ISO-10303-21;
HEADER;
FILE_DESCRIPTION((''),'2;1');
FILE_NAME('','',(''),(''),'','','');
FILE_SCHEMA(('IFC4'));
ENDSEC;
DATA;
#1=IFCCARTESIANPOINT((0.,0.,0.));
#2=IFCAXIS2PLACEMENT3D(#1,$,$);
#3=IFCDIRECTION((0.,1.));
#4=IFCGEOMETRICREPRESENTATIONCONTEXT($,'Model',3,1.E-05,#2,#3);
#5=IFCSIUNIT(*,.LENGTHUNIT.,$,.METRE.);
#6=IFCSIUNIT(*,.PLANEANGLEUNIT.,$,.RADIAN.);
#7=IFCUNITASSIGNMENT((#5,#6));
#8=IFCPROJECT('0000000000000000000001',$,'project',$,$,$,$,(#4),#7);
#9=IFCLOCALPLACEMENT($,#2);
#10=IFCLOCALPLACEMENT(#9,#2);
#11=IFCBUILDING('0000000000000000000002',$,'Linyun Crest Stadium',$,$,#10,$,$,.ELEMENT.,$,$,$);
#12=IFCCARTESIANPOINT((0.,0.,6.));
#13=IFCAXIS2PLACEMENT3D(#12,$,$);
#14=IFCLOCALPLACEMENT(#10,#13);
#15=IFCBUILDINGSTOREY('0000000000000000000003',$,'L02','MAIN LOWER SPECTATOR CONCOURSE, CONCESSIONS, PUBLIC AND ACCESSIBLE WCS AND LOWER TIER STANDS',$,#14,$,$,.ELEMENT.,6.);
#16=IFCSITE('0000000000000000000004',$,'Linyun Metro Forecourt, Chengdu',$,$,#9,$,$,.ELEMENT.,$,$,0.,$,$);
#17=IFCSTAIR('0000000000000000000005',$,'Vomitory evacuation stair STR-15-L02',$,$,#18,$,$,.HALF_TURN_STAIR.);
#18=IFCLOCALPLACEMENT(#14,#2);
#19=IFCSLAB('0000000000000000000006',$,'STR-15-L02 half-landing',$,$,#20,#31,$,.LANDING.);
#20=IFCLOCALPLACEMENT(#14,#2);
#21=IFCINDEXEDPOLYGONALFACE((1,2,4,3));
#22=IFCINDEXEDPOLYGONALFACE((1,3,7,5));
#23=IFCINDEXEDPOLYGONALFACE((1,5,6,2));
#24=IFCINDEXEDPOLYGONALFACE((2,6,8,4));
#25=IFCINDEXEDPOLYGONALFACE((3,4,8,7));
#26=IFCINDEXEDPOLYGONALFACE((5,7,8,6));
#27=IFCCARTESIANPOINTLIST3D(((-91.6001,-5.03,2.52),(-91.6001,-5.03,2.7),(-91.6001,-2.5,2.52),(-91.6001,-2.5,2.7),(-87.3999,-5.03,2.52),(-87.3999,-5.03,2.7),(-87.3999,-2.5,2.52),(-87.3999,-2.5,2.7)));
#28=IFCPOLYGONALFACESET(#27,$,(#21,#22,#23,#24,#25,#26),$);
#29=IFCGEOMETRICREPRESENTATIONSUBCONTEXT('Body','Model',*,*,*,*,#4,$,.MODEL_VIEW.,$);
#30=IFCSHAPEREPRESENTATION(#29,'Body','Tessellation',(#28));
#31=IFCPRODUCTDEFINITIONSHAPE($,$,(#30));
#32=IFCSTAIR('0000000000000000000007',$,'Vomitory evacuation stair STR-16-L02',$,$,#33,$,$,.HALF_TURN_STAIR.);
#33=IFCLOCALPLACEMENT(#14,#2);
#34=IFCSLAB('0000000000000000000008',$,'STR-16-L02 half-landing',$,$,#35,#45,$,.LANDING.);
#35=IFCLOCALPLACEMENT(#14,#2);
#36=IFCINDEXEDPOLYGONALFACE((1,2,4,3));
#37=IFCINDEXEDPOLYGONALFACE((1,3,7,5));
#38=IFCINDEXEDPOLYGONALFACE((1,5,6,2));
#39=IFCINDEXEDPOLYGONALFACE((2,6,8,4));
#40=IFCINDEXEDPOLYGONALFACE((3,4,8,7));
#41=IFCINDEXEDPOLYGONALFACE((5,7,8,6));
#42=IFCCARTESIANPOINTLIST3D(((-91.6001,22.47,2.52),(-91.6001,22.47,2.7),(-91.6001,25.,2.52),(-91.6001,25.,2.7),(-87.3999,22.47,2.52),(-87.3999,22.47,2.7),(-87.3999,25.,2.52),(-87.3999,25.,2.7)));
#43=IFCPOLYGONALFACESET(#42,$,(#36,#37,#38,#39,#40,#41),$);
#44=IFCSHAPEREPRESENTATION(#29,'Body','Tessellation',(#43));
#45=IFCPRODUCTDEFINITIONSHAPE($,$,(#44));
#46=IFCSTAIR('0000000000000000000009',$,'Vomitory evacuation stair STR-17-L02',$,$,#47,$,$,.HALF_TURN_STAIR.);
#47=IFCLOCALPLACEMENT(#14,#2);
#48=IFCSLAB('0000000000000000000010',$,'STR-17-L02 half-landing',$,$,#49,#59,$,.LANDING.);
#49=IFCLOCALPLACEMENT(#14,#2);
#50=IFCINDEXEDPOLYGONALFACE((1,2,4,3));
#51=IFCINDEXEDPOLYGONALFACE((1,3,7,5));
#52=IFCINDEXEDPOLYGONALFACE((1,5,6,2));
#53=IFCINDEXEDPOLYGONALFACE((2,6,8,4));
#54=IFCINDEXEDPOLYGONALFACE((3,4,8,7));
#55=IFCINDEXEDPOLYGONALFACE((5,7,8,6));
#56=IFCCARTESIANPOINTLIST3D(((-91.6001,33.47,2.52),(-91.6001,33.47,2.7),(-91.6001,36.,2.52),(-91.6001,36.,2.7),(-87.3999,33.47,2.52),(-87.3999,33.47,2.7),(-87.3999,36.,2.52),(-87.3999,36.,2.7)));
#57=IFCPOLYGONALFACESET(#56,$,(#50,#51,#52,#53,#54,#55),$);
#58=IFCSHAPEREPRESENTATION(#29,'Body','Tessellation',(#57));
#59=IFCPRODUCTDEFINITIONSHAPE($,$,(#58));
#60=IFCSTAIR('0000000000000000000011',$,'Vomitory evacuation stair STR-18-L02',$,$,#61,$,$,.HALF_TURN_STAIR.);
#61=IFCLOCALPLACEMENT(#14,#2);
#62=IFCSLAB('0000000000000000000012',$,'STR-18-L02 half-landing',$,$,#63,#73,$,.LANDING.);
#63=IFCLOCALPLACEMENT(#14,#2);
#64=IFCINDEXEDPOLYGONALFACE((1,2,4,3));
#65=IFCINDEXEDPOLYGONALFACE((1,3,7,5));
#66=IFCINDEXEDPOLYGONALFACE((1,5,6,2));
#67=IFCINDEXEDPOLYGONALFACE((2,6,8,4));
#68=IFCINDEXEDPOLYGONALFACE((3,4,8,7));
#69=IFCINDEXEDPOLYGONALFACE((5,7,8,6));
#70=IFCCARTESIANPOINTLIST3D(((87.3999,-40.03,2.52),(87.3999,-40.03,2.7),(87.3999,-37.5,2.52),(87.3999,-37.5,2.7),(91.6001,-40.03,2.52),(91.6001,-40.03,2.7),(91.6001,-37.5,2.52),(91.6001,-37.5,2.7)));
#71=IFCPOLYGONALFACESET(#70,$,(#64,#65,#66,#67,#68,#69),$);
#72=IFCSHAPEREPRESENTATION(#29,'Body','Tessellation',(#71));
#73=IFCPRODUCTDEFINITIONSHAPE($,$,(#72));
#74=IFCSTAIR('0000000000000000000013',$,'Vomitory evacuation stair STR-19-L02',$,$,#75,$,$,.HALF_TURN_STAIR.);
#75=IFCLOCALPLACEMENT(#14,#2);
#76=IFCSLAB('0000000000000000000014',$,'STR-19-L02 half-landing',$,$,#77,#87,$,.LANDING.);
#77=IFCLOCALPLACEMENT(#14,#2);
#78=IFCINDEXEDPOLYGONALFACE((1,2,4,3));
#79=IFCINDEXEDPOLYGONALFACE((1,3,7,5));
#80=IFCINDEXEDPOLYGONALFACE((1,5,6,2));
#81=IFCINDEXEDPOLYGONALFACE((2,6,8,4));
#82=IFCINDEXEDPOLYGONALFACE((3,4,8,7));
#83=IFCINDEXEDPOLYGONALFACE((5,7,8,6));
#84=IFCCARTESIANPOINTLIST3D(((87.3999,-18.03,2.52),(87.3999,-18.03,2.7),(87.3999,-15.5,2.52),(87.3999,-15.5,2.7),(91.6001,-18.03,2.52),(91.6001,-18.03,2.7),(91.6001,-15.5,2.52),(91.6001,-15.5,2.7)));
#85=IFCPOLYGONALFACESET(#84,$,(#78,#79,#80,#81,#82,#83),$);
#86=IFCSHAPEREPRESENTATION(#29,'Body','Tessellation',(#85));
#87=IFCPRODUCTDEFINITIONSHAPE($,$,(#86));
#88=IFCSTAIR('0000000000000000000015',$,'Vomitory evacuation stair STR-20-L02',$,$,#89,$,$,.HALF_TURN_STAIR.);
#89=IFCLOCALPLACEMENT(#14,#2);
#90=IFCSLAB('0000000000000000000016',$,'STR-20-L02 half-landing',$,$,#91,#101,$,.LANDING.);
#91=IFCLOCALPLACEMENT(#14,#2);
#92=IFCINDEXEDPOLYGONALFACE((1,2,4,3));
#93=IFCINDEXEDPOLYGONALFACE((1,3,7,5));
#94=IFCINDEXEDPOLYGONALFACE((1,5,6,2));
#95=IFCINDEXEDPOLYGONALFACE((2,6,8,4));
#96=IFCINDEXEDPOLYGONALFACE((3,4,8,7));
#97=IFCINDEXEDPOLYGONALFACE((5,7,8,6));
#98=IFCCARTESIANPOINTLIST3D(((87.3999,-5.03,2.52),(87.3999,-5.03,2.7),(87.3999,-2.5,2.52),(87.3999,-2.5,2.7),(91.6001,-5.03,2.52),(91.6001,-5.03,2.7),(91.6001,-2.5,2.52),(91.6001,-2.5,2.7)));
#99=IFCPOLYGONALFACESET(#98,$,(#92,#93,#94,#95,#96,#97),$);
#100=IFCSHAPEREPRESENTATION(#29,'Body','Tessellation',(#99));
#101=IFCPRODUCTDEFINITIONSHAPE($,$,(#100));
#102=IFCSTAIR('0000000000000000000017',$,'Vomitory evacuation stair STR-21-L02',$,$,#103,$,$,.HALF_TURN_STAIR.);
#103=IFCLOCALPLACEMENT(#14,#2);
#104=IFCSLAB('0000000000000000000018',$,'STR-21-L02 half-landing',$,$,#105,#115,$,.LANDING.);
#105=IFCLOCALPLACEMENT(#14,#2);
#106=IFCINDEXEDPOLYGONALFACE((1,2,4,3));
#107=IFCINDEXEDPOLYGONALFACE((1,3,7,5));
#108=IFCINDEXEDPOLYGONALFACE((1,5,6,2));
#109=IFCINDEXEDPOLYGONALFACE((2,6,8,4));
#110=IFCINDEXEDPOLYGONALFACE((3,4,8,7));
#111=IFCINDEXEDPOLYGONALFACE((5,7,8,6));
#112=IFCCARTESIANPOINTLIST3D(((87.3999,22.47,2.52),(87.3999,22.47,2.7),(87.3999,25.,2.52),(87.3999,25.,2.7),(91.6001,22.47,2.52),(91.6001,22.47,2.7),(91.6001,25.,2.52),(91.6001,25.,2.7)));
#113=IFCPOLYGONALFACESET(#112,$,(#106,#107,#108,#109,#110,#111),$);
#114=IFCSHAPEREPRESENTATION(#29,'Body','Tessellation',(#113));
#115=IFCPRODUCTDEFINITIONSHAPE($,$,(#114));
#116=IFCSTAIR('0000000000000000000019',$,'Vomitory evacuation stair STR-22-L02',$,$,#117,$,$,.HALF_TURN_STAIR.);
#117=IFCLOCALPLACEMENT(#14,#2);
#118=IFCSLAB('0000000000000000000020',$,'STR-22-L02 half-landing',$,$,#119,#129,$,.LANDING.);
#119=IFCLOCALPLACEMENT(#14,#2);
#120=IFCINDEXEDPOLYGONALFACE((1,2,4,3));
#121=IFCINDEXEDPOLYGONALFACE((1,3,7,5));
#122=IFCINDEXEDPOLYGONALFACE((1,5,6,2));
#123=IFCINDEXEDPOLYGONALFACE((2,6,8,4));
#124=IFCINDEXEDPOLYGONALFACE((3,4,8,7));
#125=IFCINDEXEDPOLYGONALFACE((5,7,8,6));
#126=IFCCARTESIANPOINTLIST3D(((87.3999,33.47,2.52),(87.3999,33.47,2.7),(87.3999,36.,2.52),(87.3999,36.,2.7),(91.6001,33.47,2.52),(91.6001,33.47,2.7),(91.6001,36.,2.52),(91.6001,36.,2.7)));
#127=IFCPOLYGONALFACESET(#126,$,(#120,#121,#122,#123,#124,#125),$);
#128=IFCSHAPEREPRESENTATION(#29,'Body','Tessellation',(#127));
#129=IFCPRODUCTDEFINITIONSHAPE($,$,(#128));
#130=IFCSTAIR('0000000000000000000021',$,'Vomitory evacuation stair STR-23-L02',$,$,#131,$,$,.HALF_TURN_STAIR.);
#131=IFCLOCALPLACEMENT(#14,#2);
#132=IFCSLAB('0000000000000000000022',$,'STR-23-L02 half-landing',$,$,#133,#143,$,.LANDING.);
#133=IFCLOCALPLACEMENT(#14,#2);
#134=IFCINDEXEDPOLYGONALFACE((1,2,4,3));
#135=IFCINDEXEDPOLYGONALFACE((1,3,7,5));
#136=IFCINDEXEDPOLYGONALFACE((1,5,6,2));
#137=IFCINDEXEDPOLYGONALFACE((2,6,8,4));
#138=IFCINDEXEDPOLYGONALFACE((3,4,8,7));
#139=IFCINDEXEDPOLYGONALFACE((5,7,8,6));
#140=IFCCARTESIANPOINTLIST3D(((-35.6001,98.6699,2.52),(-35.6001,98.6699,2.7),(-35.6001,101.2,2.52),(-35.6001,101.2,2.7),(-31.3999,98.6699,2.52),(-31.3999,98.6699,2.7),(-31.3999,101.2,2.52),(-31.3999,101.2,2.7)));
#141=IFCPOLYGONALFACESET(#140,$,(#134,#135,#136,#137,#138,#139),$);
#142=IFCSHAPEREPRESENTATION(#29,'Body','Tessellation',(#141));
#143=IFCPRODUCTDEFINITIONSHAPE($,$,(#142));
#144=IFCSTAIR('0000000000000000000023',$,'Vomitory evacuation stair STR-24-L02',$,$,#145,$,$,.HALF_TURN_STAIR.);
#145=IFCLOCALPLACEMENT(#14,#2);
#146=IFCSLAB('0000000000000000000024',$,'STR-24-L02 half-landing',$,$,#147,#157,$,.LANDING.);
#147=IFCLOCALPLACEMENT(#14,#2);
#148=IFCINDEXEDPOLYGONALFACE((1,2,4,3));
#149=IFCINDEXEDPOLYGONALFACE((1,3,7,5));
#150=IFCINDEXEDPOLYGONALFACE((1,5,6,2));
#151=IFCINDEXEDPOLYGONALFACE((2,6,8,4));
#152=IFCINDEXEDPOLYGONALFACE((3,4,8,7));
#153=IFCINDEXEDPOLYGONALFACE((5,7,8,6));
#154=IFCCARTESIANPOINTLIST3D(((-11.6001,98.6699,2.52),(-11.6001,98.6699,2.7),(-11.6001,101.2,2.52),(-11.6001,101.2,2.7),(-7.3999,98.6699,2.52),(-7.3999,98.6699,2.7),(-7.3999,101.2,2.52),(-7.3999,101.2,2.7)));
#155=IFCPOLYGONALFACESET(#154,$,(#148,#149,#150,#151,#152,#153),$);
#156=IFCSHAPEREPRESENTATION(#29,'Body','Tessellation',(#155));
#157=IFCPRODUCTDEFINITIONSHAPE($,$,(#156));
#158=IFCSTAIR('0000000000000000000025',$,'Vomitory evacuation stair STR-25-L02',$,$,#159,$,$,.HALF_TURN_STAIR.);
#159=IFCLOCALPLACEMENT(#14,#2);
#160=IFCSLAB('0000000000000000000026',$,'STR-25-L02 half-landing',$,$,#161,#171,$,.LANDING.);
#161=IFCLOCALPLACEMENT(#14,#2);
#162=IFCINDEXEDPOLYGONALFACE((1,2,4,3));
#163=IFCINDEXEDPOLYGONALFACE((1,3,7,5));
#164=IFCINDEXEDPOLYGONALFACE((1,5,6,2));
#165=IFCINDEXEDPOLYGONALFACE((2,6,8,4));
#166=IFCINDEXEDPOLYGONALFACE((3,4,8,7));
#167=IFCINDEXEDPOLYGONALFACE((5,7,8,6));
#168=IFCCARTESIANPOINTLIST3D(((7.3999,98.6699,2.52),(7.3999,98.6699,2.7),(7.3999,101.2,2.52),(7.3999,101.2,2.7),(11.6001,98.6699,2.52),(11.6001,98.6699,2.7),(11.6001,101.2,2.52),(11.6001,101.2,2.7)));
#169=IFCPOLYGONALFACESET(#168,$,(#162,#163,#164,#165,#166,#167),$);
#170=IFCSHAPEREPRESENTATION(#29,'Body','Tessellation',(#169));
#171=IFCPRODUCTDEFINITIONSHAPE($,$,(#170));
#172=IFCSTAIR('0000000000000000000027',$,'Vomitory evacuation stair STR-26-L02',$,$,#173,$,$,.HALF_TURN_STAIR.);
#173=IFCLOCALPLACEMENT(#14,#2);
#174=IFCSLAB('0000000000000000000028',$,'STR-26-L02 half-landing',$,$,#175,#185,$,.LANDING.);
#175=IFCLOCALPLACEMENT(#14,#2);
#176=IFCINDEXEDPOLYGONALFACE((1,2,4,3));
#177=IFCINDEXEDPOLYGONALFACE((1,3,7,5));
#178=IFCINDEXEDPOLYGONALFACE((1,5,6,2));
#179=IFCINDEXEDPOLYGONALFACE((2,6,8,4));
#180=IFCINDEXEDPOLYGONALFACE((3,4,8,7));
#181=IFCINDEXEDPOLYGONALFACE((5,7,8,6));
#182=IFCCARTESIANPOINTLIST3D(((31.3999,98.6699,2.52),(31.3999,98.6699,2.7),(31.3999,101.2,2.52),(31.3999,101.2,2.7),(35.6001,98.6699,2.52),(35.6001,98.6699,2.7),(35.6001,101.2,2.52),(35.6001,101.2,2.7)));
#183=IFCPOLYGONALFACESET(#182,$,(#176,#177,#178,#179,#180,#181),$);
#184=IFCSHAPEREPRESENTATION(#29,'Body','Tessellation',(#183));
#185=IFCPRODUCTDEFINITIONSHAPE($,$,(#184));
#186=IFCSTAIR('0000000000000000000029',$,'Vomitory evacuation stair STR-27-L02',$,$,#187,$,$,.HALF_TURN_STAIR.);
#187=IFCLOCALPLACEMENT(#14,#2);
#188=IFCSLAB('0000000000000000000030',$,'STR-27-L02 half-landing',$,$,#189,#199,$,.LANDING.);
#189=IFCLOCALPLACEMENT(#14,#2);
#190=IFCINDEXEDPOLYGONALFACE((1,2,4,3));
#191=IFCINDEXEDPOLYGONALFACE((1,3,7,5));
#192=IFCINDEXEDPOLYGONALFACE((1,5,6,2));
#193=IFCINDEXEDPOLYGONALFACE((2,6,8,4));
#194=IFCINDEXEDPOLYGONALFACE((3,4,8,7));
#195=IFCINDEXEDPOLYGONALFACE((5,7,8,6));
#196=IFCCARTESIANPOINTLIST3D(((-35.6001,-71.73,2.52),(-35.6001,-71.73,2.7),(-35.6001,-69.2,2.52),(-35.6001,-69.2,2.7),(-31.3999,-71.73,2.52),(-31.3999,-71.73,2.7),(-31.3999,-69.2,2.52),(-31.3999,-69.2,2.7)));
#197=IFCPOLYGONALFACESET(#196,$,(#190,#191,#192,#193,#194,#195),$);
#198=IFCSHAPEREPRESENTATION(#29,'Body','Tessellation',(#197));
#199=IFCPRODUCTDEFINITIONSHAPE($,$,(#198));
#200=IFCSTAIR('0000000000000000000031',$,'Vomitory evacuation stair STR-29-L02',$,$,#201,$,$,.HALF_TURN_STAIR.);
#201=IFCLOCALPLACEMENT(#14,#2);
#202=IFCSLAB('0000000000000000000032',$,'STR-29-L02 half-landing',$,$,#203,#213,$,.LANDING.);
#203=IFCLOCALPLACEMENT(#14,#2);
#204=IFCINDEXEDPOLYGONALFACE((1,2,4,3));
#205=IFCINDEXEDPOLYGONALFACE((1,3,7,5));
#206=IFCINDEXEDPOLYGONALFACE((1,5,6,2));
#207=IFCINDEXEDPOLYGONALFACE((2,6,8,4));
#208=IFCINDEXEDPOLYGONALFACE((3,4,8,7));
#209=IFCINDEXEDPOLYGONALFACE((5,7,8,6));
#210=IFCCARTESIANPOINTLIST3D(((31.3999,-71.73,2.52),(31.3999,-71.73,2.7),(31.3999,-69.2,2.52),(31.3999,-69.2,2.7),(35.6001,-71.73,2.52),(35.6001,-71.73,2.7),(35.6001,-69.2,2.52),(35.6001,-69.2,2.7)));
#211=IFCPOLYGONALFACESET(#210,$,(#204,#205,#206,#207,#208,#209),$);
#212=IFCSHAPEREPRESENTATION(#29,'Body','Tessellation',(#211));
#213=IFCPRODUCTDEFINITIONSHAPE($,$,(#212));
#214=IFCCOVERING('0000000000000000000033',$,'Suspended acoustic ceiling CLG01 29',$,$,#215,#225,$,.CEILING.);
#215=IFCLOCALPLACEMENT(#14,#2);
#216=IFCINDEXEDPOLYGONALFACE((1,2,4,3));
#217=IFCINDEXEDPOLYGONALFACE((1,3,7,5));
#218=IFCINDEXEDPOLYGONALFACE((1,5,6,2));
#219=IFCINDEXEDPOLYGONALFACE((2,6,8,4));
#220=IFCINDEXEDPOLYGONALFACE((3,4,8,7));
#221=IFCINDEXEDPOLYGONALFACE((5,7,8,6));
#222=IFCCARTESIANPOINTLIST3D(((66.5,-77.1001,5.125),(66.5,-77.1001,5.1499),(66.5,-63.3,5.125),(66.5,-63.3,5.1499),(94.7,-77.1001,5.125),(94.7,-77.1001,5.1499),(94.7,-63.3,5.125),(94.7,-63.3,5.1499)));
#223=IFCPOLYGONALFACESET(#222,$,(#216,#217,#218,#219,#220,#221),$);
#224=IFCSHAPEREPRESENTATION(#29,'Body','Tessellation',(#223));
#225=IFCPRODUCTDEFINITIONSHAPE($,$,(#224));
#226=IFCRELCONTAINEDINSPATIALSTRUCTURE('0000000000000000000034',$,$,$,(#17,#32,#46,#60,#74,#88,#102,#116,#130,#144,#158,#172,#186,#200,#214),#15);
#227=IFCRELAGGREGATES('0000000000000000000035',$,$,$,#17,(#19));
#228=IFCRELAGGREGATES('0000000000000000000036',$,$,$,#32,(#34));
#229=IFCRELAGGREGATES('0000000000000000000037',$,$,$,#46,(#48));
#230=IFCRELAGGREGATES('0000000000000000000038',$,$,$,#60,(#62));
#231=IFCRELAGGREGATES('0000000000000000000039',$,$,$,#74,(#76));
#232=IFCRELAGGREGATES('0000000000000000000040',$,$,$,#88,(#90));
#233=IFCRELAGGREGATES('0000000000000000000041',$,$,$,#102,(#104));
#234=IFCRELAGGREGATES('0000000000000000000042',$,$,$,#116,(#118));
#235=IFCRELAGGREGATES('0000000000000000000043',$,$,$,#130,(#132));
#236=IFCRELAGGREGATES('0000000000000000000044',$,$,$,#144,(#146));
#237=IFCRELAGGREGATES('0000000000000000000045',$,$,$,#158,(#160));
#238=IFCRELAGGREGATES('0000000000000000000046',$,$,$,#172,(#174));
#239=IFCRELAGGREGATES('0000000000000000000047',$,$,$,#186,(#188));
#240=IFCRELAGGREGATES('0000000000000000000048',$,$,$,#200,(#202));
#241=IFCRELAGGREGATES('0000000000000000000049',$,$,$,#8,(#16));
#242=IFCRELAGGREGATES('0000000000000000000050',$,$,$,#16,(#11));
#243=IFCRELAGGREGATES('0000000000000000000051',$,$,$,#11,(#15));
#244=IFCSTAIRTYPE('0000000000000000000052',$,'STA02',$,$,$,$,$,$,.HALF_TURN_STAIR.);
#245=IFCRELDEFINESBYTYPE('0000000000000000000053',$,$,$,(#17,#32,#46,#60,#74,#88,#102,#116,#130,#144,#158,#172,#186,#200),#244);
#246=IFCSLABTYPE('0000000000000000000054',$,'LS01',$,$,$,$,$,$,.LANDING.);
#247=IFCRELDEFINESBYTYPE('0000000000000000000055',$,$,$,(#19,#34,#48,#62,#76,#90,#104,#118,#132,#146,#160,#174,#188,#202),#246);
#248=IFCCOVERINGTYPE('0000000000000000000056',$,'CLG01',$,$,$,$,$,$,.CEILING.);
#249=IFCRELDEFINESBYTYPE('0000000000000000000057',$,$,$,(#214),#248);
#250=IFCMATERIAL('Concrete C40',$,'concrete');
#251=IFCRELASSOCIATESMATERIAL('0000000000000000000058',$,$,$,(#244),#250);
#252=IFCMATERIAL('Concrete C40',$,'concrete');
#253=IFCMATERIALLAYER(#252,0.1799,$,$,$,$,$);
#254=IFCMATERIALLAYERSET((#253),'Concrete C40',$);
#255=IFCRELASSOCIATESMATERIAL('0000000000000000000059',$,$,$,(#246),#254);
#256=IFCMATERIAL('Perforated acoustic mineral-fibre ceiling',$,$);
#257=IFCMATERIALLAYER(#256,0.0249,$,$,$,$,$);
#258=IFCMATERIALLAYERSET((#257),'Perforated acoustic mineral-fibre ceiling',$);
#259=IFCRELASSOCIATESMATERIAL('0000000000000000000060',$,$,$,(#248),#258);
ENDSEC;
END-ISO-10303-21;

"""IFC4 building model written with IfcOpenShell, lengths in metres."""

from ifc_helpers import new_model, si_unit, direction, frame, origin, place, context, subcontext, project, spatial, polyline, outline, extrude, material, layer, layer_set, type_object, element, aggregate, save


model = new_model("IFC4")

# Units and contexts
model_context = context("Model", 3, precision=1e-05, world=origin(), true_north=direction((0.0, 1.0)))
body_context = subcontext(model_context, "Body", "Model", "MODEL_VIEW")
ifc_project = project(units=[si_unit("LENGTHUNIT", "METRE"), si_unit("PLANEANGLEUNIT", "RADIAN")], contexts=[model_context])

# Site, building, storey
site_placement = place(None, origin())
site = spatial("IfcSite", under=ifc_project, at=site_placement, Name="Linyun Metro Forecourt, Chengdu", CompositionType="ELEMENT", RefElevation=0.0)
building_placement = place(site_placement, origin())
building = spatial("IfcBuilding", under=site, at=building_placement, Name="Linyun Crest Stadium", CompositionType="ELEMENT")
storey_placement = place(building_placement, frame((0.0, 0.0, 6.0)))
storey = spatial("IfcBuildingStorey", under=building, at=storey_placement, Name="L02", Description="MAIN LOWER SPECTATOR CONCOURSE, CONCESSIONS, PUBLIC AND ACCESSIBLE WCS AND LOWER TIER STANDS", CompositionType="ELEMENT", Elevation=6.0)

# Stairs, slabs
ifc_material_1 = material(Name="Concrete C40", Category="concrete")
stair_type = type_object("IfcStairType", Name="STA02", PredefinedType="HALF_TURN_STAIR", material=ifc_material_1)
stair_1_placement = place(storey_placement, origin())
stair_1 = element("IfcStair", 1, at=stair_1_placement, inside=storey, type_object=stair_type, Name="Vomitory evacuation stair STR-15-L02", PredefinedType="HALF_TURN_STAIR")
ifc_material_2 = material(Name="Concrete C40", Category="concrete")
ifc_layer_1 = layer(ifc_material_2, 0.1799)
ifc_layer_set_1 = layer_set([ifc_layer_1], Name="Concrete C40")
slab_type = type_object("IfcSlabType", Name="LS01", PredefinedType="LANDING", material=ifc_layer_set_1)
slab_1_placement = place(storey_placement, frame((0.0, 0.0, 2.52)))
slab_1 = element("IfcSlab", 2, at=slab_1_placement, type_object=slab_type, Name="STR-15-L02 half-landing", PredefinedType="LANDING", context=body_context, shape_type="SweptSolid", body=[
    extrude(outline(polyline([(-91.6001, -5.03), (-87.3999, -5.03), (-87.3999, -2.5), (-91.6001, -2.5), (-91.6001, -5.03)])), origin(), (0.0, 0.0, 1.0), 0.1799),
])
aggregate(stair_1, [slab_1])
stair_2_placement = place(storey_placement, origin())
stair_2 = element("IfcStair", 3, at=stair_2_placement, inside=storey, type_object=stair_type, Name="Vomitory evacuation stair STR-16-L02", PredefinedType="HALF_TURN_STAIR")
slab_2_placement = place(storey_placement, frame((0.0, 0.0, 2.52)))
slab_2 = element("IfcSlab", 4, at=slab_2_placement, type_object=slab_type, Name="STR-16-L02 half-landing", PredefinedType="LANDING", context=body_context, shape_type="SweptSolid", body=[
    extrude(outline(polyline([(-91.6001, 22.47), (-87.3999, 22.47), (-87.3999, 25.0), (-91.6001, 25.0), (-91.6001, 22.47)])), origin(), (0.0, 0.0, 1.0), 0.1799),
])
aggregate(stair_2, [slab_2])
stair_3_placement = place(storey_placement, origin())
stair_3 = element("IfcStair", 5, at=stair_3_placement, inside=storey, type_object=stair_type, Name="Vomitory evacuation stair STR-17-L02", PredefinedType="HALF_TURN_STAIR")
slab_3_placement = place(storey_placement, frame((0.0, 0.0, 2.52)))
slab_3 = element("IfcSlab", 6, at=slab_3_placement, type_object=slab_type, Name="STR-17-L02 half-landing", PredefinedType="LANDING", context=body_context, shape_type="SweptSolid", body=[
    extrude(outline(polyline([(-91.6001, 33.47), (-87.3999, 33.47), (-87.3999, 36.0), (-91.6001, 36.0), (-91.6001, 33.47)])), origin(), (0.0, 0.0, 1.0), 0.1799),
])
aggregate(stair_3, [slab_3])
stair_4_placement = place(storey_placement, origin())
stair_4 = element("IfcStair", 7, at=stair_4_placement, inside=storey, type_object=stair_type, Name="Vomitory evacuation stair STR-18-L02", PredefinedType="HALF_TURN_STAIR")
slab_4_placement = place(storey_placement, frame((0.0, 0.0, 2.52)))
slab_4 = element("IfcSlab", 8, at=slab_4_placement, type_object=slab_type, Name="STR-18-L02 half-landing", PredefinedType="LANDING", context=body_context, shape_type="SweptSolid", body=[
    extrude(outline(polyline([(87.3999, -40.03), (91.6001, -40.03), (91.6001, -37.5), (87.3999, -37.5), (87.3999, -40.03)])), origin(), (0.0, 0.0, 1.0), 0.1799),
])
aggregate(stair_4, [slab_4])
stair_5_placement = place(storey_placement, origin())
stair_5 = element("IfcStair", 9, at=stair_5_placement, inside=storey, type_object=stair_type, Name="Vomitory evacuation stair STR-19-L02", PredefinedType="HALF_TURN_STAIR")
slab_5_placement = place(storey_placement, frame((0.0, 0.0, 2.52)))
slab_5 = element("IfcSlab", 10, at=slab_5_placement, type_object=slab_type, Name="STR-19-L02 half-landing", PredefinedType="LANDING", context=body_context, shape_type="SweptSolid", body=[
    extrude(outline(polyline([(87.3999, -18.03), (91.6001, -18.03), (91.6001, -15.5), (87.3999, -15.5), (87.3999, -18.03)])), origin(), (0.0, 0.0, 1.0), 0.1799),
])
aggregate(stair_5, [slab_5])
stair_6_placement = place(storey_placement, origin())
stair_6 = element("IfcStair", 11, at=stair_6_placement, inside=storey, type_object=stair_type, Name="Vomitory evacuation stair STR-20-L02", PredefinedType="HALF_TURN_STAIR")
slab_6_placement = place(storey_placement, frame((0.0, 0.0, 2.52)))
slab_6 = element("IfcSlab", 12, at=slab_6_placement, type_object=slab_type, Name="STR-20-L02 half-landing", PredefinedType="LANDING", context=body_context, shape_type="SweptSolid", body=[
    extrude(outline(polyline([(87.3999, -5.03), (91.6001, -5.03), (91.6001, -2.5), (87.3999, -2.5), (87.3999, -5.03)])), origin(), (0.0, 0.0, 1.0), 0.1799),
])
aggregate(stair_6, [slab_6])
stair_7_placement = place(storey_placement, origin())
stair_7 = element("IfcStair", 13, at=stair_7_placement, inside=storey, type_object=stair_type, Name="Vomitory evacuation stair STR-21-L02", PredefinedType="HALF_TURN_STAIR")
slab_7_placement = place(storey_placement, frame((0.0, 0.0, 2.52)))
slab_7 = element("IfcSlab", 14, at=slab_7_placement, type_object=slab_type, Name="STR-21-L02 half-landing", PredefinedType="LANDING", context=body_context, shape_type="SweptSolid", body=[
    extrude(outline(polyline([(87.3999, 22.47), (91.6001, 22.47), (91.6001, 25.0), (87.3999, 25.0), (87.3999, 22.47)])), origin(), (0.0, 0.0, 1.0), 0.1799),
])
aggregate(stair_7, [slab_7])
stair_8_placement = place(storey_placement, origin())
stair_8 = element("IfcStair", 15, at=stair_8_placement, inside=storey, type_object=stair_type, Name="Vomitory evacuation stair STR-22-L02", PredefinedType="HALF_TURN_STAIR")
slab_8_placement = place(storey_placement, frame((0.0, 0.0, 2.52)))
slab_8 = element("IfcSlab", 16, at=slab_8_placement, type_object=slab_type, Name="STR-22-L02 half-landing", PredefinedType="LANDING", context=body_context, shape_type="SweptSolid", body=[
    extrude(outline(polyline([(87.3999, 33.47), (91.6001, 33.47), (91.6001, 36.0), (87.3999, 36.0), (87.3999, 33.47)])), origin(), (0.0, 0.0, 1.0), 0.1799),
])
aggregate(stair_8, [slab_8])
stair_9_placement = place(storey_placement, origin())
stair_9 = element("IfcStair", 17, at=stair_9_placement, inside=storey, type_object=stair_type, Name="Vomitory evacuation stair STR-23-L02", PredefinedType="HALF_TURN_STAIR")
slab_9_placement = place(storey_placement, frame((0.0, 0.0, 2.52)))
slab_9 = element("IfcSlab", 18, at=slab_9_placement, type_object=slab_type, Name="STR-23-L02 half-landing", PredefinedType="LANDING", context=body_context, shape_type="SweptSolid", body=[
    extrude(outline(polyline([(-35.6001, 98.6699), (-31.3999, 98.6699), (-31.3999, 101.2), (-35.6001, 101.2), (-35.6001, 98.6699)])), origin(), (0.0, 0.0, 1.0), 0.1799),
])
aggregate(stair_9, [slab_9])
stair_10_placement = place(storey_placement, origin())
stair_10 = element("IfcStair", 19, at=stair_10_placement, inside=storey, type_object=stair_type, Name="Vomitory evacuation stair STR-24-L02", PredefinedType="HALF_TURN_STAIR")
slab_10_placement = place(storey_placement, frame((0.0, 0.0, 2.52)))
slab_10 = element("IfcSlab", 20, at=slab_10_placement, type_object=slab_type, Name="STR-24-L02 half-landing", PredefinedType="LANDING", context=body_context, shape_type="SweptSolid", body=[
    extrude(outline(polyline([(-11.6001, 98.6699), (-7.3999, 98.6699), (-7.3999, 101.2), (-11.6001, 101.2), (-11.6001, 98.6699)])), origin(), (0.0, 0.0, 1.0), 0.1799),
])
aggregate(stair_10, [slab_10])
stair_11_placement = place(storey_placement, origin())
stair_11 = element("IfcStair", 21, at=stair_11_placement, inside=storey, type_object=stair_type, Name="Vomitory evacuation stair STR-25-L02", PredefinedType="HALF_TURN_STAIR")
slab_11_placement = place(storey_placement, frame((0.0, 0.0, 2.52)))
slab_11 = element("IfcSlab", 22, at=slab_11_placement, type_object=slab_type, Name="STR-25-L02 half-landing", PredefinedType="LANDING", context=body_context, shape_type="SweptSolid", body=[
    extrude(outline(polyline([(7.3999, 98.6699), (11.6001, 98.6699), (11.6001, 101.2), (7.3999, 101.2), (7.3999, 98.6699)])), origin(), (0.0, 0.0, 1.0), 0.1799),
])
aggregate(stair_11, [slab_11])
stair_12_placement = place(storey_placement, origin())
stair_12 = element("IfcStair", 23, at=stair_12_placement, inside=storey, type_object=stair_type, Name="Vomitory evacuation stair STR-26-L02", PredefinedType="HALF_TURN_STAIR")
slab_12_placement = place(storey_placement, frame((0.0, 0.0, 2.52)))
slab_12 = element("IfcSlab", 24, at=slab_12_placement, type_object=slab_type, Name="STR-26-L02 half-landing", PredefinedType="LANDING", context=body_context, shape_type="SweptSolid", body=[
    extrude(outline(polyline([(31.3999, 98.6699), (35.6001, 98.6699), (35.6001, 101.2), (31.3999, 101.2), (31.3999, 98.6699)])), origin(), (0.0, 0.0, 1.0), 0.1799),
])
aggregate(stair_12, [slab_12])
stair_13_placement = place(storey_placement, origin())
stair_13 = element("IfcStair", 25, at=stair_13_placement, inside=storey, type_object=stair_type, Name="Vomitory evacuation stair STR-27-L02", PredefinedType="HALF_TURN_STAIR")
slab_13_placement = place(storey_placement, frame((0.0, 0.0, 2.52)))
slab_13 = element("IfcSlab", 26, at=slab_13_placement, type_object=slab_type, Name="STR-27-L02 half-landing", PredefinedType="LANDING", context=body_context, shape_type="SweptSolid", body=[
    extrude(outline(polyline([(-35.6001, -71.73), (-31.3999, -71.73), (-31.3999, -69.2), (-35.6001, -69.2), (-35.6001, -71.73)])), origin(), (0.0, 0.0, 1.0), 0.1799),
])
aggregate(stair_13, [slab_13])
stair_14_placement = place(storey_placement, origin())
stair_14 = element("IfcStair", 27, at=stair_14_placement, inside=storey, type_object=stair_type, Name="Vomitory evacuation stair STR-29-L02", PredefinedType="HALF_TURN_STAIR")
slab_14_placement = place(storey_placement, frame((0.0, 0.0, 2.52)))
slab_14 = element("IfcSlab", 28, at=slab_14_placement, type_object=slab_type, Name="STR-29-L02 half-landing", PredefinedType="LANDING", context=body_context, shape_type="SweptSolid", body=[
    extrude(outline(polyline([(31.3999, -71.73), (35.6001, -71.73), (35.6001, -69.2), (31.3999, -69.2), (31.3999, -71.73)])), origin(), (0.0, 0.0, 1.0), 0.1799),
])
aggregate(stair_14, [slab_14])

# Covering
ifc_material_3 = material(Name="Perforated acoustic mineral-fibre ceiling")
ifc_layer_2 = layer(ifc_material_3, 0.0249)
ifc_layer_set_2 = layer_set([ifc_layer_2], Name="Perforated acoustic mineral-fibre ceiling")
covering_type_1 = type_object("IfcCoveringType", Name="CLG01", PredefinedType="CEILING", material=ifc_layer_set_2)
covering_1_placement = place(storey_placement, frame((0.0, 0.0, 5.125)))
element("IfcCovering", 29, at=covering_1_placement, inside=storey, type_object=covering_type_1, Name="Suspended acoustic ceiling CLG01 29", PredefinedType="CEILING", context=body_context, shape_type="SweptSolid", body=[
    extrude(outline(polyline([(66.5, -77.1001), (94.7, -77.1001), (94.7, -63.3), (66.5, -63.3), (66.5, -77.1001)])), origin(), (0.0, 0.0, 1.0), 0.0249),
])

save(model, "model.ifc")
